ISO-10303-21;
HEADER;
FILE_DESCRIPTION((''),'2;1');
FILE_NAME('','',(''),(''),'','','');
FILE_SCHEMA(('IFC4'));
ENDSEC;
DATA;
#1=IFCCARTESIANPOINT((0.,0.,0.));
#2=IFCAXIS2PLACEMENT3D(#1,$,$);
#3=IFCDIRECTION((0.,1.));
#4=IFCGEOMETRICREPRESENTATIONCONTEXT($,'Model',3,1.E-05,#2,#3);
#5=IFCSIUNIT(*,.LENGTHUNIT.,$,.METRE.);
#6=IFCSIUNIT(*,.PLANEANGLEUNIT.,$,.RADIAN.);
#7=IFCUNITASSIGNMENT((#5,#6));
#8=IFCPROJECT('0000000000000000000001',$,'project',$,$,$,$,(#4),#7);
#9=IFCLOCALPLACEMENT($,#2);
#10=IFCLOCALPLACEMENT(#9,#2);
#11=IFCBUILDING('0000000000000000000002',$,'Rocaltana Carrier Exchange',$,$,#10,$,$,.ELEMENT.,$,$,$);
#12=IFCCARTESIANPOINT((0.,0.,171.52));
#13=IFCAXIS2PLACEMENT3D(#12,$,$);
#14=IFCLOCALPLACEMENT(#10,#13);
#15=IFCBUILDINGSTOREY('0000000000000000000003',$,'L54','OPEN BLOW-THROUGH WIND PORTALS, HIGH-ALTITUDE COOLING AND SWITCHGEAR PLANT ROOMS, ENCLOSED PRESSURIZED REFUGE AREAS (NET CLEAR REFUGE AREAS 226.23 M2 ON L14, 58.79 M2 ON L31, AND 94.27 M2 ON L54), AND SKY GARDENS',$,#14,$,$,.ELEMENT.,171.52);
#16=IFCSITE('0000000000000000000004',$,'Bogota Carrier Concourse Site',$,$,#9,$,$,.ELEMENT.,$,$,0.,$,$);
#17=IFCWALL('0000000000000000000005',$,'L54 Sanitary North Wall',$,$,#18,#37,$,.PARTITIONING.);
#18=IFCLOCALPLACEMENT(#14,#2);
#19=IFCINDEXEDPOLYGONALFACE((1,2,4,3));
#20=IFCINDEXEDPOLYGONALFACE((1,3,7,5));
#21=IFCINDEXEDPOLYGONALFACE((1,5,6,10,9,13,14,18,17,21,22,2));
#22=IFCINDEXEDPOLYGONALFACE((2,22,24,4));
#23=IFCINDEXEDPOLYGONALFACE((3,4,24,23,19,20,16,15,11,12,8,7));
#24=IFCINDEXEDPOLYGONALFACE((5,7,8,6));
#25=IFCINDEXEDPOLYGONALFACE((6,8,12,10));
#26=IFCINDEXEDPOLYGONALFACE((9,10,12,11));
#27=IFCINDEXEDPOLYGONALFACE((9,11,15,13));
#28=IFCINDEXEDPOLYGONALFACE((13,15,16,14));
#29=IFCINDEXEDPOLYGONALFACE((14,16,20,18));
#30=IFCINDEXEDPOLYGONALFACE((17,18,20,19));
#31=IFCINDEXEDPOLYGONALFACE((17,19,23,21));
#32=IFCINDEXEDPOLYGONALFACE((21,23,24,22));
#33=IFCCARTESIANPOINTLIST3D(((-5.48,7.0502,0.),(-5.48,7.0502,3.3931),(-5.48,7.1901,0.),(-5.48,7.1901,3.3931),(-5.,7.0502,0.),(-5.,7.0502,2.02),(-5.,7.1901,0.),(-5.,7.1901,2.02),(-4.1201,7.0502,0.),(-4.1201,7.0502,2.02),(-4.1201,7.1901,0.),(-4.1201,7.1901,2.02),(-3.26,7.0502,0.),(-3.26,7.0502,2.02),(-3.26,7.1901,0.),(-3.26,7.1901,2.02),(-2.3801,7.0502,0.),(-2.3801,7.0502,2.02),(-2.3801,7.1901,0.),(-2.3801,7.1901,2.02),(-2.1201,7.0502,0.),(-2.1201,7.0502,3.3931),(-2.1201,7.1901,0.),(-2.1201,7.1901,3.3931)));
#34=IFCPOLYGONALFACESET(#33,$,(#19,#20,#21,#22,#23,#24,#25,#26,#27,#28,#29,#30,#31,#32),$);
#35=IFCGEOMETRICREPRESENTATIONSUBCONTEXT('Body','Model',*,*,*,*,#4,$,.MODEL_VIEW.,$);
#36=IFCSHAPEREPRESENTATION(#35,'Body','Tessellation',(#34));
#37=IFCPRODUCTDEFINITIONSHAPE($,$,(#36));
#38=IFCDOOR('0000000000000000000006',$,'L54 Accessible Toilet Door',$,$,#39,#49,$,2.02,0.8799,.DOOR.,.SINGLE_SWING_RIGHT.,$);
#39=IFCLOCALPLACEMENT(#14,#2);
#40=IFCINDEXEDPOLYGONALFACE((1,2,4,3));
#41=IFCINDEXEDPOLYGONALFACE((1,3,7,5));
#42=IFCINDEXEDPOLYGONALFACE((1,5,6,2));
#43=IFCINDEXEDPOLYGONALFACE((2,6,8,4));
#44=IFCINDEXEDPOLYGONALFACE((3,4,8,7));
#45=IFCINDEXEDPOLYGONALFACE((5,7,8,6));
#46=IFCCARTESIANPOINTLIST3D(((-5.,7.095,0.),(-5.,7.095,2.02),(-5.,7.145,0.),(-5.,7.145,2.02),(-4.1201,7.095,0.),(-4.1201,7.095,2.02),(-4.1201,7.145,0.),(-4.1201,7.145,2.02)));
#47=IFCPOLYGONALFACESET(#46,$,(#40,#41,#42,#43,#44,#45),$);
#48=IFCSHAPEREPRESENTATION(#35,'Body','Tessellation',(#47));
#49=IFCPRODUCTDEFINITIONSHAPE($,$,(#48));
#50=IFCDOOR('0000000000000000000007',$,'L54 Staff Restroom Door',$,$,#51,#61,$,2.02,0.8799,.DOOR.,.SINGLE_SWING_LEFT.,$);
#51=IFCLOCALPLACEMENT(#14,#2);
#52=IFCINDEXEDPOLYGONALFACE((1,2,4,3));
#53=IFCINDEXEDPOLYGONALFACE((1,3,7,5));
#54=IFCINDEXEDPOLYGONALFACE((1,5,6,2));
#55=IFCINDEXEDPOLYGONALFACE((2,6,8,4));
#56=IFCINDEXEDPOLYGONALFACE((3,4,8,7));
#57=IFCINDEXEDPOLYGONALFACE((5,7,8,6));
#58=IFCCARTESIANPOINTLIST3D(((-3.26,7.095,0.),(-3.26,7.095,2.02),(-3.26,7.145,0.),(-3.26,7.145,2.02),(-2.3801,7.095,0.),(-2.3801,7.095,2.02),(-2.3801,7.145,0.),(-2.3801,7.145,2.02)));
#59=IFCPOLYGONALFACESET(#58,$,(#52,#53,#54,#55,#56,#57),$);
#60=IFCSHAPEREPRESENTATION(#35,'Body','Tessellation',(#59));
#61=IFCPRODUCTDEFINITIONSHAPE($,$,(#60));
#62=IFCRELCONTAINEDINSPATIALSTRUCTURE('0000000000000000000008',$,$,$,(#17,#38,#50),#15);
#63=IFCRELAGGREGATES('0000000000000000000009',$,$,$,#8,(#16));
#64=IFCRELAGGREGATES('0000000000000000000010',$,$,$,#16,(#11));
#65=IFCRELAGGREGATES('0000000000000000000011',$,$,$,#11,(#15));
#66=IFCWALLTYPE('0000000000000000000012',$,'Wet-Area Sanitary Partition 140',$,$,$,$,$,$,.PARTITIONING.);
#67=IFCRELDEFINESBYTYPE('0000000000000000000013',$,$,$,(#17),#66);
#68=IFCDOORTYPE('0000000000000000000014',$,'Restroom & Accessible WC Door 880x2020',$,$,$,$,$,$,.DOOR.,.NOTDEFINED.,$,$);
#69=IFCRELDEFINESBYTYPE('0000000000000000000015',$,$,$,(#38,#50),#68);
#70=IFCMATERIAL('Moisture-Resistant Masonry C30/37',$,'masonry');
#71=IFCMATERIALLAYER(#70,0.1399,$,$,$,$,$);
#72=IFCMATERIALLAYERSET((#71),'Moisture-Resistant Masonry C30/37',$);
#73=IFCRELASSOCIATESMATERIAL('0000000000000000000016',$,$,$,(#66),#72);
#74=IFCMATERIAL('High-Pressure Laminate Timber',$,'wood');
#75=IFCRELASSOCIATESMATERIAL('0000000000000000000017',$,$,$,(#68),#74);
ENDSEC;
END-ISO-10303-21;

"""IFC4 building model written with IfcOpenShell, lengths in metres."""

from ifc_helpers import new_model, si_unit, direction, frame, frame_2d, origin, place, context, subcontext, project, spatial, rectangle, extrude, material, layer, layer_set, type_object, element, fill, save


model = new_model("IFC4")

# Units and contexts
model_context = context("Model", 3, precision=1e-05, world=origin(), true_north=direction((0.0, 1.0)))
body_context = subcontext(model_context, "Body", "Model", "MODEL_VIEW")
ifc_project = project(units=[si_unit("LENGTHUNIT", "METRE"), si_unit("PLANEANGLEUNIT", "RADIAN")], contexts=[model_context])

# Site, building, storey
site_placement = place(None, origin())
site = spatial("IfcSite", under=ifc_project, at=site_placement, Name="Bogota Carrier Concourse Site", CompositionType="ELEMENT", RefElevation=0.0)
building_placement = place(site_placement, origin())
building = spatial("IfcBuilding", under=site, at=building_placement, Name="Rocaltana Carrier Exchange", CompositionType="ELEMENT")
storey_placement = place(building_placement, frame((0.0, 0.0, 171.52)))
storey = spatial("IfcBuildingStorey", under=building, at=storey_placement, Name="L54", Description="OPEN BLOW-THROUGH WIND PORTALS, HIGH-ALTITUDE COOLING AND SWITCHGEAR PLANT ROOMS, ENCLOSED PRESSURIZED REFUGE AREAS (NET CLEAR REFUGE AREAS 226.23 M2 ON L14, 58.79 M2 ON L31, AND 94.27 M2 ON L54), AND SKY GARDENS", CompositionType="ELEMENT", Elevation=171.52)

# Wall, openings, doors
ifc_material_1 = material(Name="Moisture-Resistant Masonry C30/37", Category="masonry")
ifc_layer_1 = layer(ifc_material_1, 0.1399)
ifc_layer_set_1 = layer_set([ifc_layer_1], Name="Moisture-Resistant Masonry C30/37")
wall_type_1 = type_object("IfcWallType", Name="Wet-Area Sanitary Partition 140", PredefinedType="PARTITIONING", material=ifc_layer_set_1)
wall_1_placement = place(storey_placement, frame((-5.48, 7.1201, 0.0), z_axis=(0.0, 0.0, 1.0), x_axis=(1.0, 0.0, 0.0)))
wall_1 = element("IfcWall", 1, at=wall_1_placement, inside=storey, type_object=wall_type_1, Name="L54 Sanitary North Wall", PredefinedType="PARTITIONING", context=body_context, shape_type="SweptSolid", body=[
    extrude(rectangle(XDim=3.3599, YDim=0.1399, at=frame_2d((1.6799, 0.0))), origin(), (0.0, 0.0, 1.0), 3.3931),
])
opening_1_placement = place(wall_1_placement, frame((0.48, 0.0, 0.0)))
opening_1 = element("IfcOpeningElement", 2, at=opening_1_placement, cuts=wall_1, PredefinedType="OPENING", context=body_context, shape_type="SweptSolid", body=[
    extrude(rectangle(XDim=0.8799, YDim=2.02, at=frame_2d((0.4399, 1.01))), frame((0.0, 0.0798, 0.0), z_axis=(0.0, -1.0, 0.0), x_axis=(1.0, 0.0, 0.0)), (0.0, 0.0, 1.0), 0.1599),
])
opening_2_placement = place(wall_1_placement, frame((2.22, 0.0, 0.0)))
opening_2 = element("IfcOpeningElement", 3, at=opening_2_placement, cuts=wall_1, PredefinedType="OPENING", context=body_context, shape_type="SweptSolid", body=[
    extrude(rectangle(XDim=0.8799, YDim=2.02, at=frame_2d((0.4399, 1.01))), frame((0.0, 0.0798, 0.0), z_axis=(0.0, -1.0, 0.0), x_axis=(1.0, 0.0, 0.0)), (0.0, 0.0, 1.0), 0.1599),
])
ifc_material_2 = material(Name="High-Pressure Laminate Timber", Category="wood")
door_type_1 = type_object("IfcDoorType", Name="Restroom & Accessible WC Door 880x2020", OperationType="NOTDEFINED", PredefinedType="DOOR", material=ifc_material_2)
door_1_placement = place(opening_1_placement, origin())
door_1 = element("IfcDoor", 4, at=door_1_placement, inside=storey, type_object=door_type_1, Name="L54 Accessible Toilet Door", OperationType="SINGLE_SWING_RIGHT", OverallHeight=2.02, OverallWidth=0.8799, PredefinedType="DOOR", context=body_context, shape_type="SweptSolid", body=[
    extrude(rectangle(XDim=0.8799, YDim=2.02, at=frame_2d((0.4399, 1.01))), frame((0.0, 0.0249, 0.0), z_axis=(0.0, -1.0, 0.0), x_axis=(1.0, 0.0, 0.0)), (0.0, 0.0, 1.0), 0.05),
])
fill(opening_1, door_1)
door_2_placement = place(opening_2_placement, origin())
door_2 = element("IfcDoor", 5, at=door_2_placement, inside=storey, type_object=door_type_1, Name="L54 Staff Restroom Door", OperationType="SINGLE_SWING_LEFT", OverallHeight=2.02, OverallWidth=0.8799, PredefinedType="DOOR", context=body_context, shape_type="SweptSolid", body=[
    extrude(rectangle(XDim=0.8799, YDim=2.02, at=frame_2d((0.4399, 1.01))), frame((0.0, 0.0249, 0.0), z_axis=(0.0, -1.0, 0.0), x_axis=(1.0, 0.0, 0.0)), (0.0, 0.0, 1.0), 0.05),
])
fill(opening_2, door_2)

save(model, "model.ifc")
